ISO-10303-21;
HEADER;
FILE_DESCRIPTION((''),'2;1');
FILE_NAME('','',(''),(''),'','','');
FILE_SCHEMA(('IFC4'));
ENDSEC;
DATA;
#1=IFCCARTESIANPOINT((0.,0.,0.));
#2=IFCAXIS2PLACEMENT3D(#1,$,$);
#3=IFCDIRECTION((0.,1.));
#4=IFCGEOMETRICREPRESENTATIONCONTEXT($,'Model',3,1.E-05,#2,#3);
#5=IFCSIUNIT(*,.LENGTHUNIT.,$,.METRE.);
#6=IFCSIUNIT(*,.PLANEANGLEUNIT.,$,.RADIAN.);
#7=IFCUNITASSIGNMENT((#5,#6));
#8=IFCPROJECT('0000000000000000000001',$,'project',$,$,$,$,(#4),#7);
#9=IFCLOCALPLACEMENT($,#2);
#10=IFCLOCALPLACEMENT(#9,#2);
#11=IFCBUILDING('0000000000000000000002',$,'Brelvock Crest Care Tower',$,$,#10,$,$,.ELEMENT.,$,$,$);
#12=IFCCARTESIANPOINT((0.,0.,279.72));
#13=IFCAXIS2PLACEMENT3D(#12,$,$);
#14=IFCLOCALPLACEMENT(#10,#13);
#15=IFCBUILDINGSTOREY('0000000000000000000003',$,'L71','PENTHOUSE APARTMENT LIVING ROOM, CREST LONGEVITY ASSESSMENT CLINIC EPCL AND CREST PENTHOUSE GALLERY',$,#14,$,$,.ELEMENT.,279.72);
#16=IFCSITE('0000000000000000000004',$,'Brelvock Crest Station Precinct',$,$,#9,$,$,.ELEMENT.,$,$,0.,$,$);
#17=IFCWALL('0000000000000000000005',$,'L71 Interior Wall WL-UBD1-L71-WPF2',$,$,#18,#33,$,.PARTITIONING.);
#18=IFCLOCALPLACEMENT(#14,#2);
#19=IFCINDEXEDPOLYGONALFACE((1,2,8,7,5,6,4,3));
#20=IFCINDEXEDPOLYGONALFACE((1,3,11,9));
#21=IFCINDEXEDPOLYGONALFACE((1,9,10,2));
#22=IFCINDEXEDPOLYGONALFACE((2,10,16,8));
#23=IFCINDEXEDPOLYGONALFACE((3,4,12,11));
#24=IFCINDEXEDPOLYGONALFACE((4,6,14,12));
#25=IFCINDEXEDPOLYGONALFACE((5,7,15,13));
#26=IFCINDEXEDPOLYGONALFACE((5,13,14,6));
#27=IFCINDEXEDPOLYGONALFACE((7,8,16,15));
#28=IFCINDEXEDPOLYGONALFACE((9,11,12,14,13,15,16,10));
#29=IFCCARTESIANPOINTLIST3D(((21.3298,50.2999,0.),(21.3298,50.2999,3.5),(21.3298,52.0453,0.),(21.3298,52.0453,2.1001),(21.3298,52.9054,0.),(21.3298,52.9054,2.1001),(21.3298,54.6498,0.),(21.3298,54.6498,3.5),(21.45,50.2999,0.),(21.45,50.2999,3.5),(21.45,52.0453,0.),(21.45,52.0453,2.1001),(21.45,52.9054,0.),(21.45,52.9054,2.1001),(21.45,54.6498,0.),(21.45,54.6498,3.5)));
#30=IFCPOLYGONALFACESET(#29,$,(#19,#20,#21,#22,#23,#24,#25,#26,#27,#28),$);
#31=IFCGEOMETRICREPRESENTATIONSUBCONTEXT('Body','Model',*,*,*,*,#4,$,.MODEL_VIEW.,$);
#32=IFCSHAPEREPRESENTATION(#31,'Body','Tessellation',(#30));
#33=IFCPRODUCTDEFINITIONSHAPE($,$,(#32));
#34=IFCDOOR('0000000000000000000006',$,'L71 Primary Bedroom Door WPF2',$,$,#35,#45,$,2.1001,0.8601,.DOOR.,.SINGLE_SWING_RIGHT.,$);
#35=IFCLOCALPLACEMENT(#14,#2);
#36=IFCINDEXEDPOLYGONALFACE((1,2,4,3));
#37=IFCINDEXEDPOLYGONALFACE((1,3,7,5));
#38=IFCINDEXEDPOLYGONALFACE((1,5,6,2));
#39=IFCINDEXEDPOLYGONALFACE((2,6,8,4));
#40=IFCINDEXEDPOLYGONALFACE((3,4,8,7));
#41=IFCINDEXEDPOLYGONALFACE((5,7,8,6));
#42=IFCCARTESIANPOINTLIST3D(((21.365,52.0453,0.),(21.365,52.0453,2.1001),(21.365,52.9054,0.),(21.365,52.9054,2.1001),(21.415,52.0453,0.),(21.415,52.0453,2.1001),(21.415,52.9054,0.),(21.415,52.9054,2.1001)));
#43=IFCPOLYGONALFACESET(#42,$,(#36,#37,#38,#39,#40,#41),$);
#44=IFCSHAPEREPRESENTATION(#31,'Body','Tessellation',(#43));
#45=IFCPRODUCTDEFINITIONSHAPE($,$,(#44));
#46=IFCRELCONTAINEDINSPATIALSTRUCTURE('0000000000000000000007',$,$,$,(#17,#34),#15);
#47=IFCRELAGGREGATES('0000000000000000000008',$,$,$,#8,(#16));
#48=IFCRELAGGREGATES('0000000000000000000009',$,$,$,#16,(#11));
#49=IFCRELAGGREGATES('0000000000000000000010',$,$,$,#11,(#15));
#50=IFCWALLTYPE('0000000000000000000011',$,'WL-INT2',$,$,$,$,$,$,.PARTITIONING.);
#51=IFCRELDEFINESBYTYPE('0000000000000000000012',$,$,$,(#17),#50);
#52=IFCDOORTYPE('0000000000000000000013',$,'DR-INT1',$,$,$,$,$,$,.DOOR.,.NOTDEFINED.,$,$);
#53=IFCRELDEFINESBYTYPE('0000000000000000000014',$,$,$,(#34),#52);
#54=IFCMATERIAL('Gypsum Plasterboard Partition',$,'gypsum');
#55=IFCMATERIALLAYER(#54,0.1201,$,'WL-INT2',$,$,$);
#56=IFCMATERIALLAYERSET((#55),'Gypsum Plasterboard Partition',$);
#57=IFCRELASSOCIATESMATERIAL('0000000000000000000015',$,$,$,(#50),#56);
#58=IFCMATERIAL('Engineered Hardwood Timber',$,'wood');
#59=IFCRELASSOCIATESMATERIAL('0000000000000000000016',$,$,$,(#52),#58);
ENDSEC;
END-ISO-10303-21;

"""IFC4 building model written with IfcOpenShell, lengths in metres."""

from ifc_helpers import new_model, si_unit, direction, frame, frame_2d, origin, origin_2d, place, context, subcontext, project, spatial, rectangle, extrude, source, transform, mapped, material, layer, layer_set, type_object, element, fill, save


model = new_model("IFC4")

# Units and contexts
model_context = context("Model", 3, precision=1e-05, world=origin(), true_north=direction((0.0, 1.0)))
body_context = subcontext(model_context, "Body", "Model", "MODEL_VIEW")
ifc_project = project(units=[si_unit("LENGTHUNIT", "METRE"), si_unit("PLANEANGLEUNIT", "RADIAN")], contexts=[model_context])

# Site, building, storey
site_placement = place(None, origin())
site = spatial("IfcSite", under=ifc_project, at=site_placement, Name="Brelvock Crest Station Precinct", CompositionType="ELEMENT", RefElevation=0.0)
building_placement = place(site_placement, origin())
building = spatial("IfcBuilding", under=site, at=building_placement, Name="Brelvock Crest Care Tower", CompositionType="ELEMENT")
storey_placement = place(building_placement, frame((0.0, 0.0, 279.72)))
storey = spatial("IfcBuildingStorey", under=building, at=storey_placement, Name="L71", Description="PENTHOUSE APARTMENT LIVING ROOM, CREST LONGEVITY ASSESSMENT CLINIC EPCL AND CREST PENTHOUSE GALLERY", CompositionType="ELEMENT", Elevation=279.72)

# Wall, opening, door
ifc_material_1 = material(Name="Gypsum Plasterboard Partition", Category="gypsum")
ifc_layer = layer(ifc_material_1, 0.1201, Name="WL-INT2")
ifc_layer_set = layer_set([ifc_layer], Name="Gypsum Plasterboard Partition")
wall_type = type_object("IfcWallType", Name="WL-INT2", PredefinedType="PARTITIONING", material=ifc_layer_set)
ifc_material_2 = material(Name="Engineered Hardwood Timber", Category="wood")
door_type = type_object("IfcDoorType", Name="DR-INT1", OperationType="NOTDEFINED", PredefinedType="DOOR", material=ifc_material_2)
shared_shape_1 = source(origin(), body_context, "Body", "SweptSolid", [
    extrude(rectangle(XDim=0.8601, YDim=2.1001, at=origin_2d()), frame((0.4302, 0.0249, 1.05), z_axis=(0.0, -1.0, 0.0), x_axis=(1.0, 0.0, 0.0)), (0.0, 0.0, 1.0), 0.05),
])
wall_1_placement = place(storey_placement, frame((21.3899, 50.3, 0.0), z_axis=(0.0, 0.0, 1.0), x_axis=(0.0, 1.0, 0.0)))
wall_1 = element("IfcWall", 1, at=wall_1_placement, inside=storey, type_object=wall_type, Name="L71 Interior Wall WL-UBD1-L71-WPF2", PredefinedType="PARTITIONING", context=body_context, shape_type="SweptSolid", body=[
    extrude(rectangle(XDim=4.3499, YDim=0.1201, at=frame_2d((2.1748, 0.0))), origin(), (0.0, 0.0, 1.0), 3.5),
])
opening_1_placement = place(wall_1_placement, frame((1.7451, 0.0, 0.0)))
opening_1 = element("IfcOpeningElement", 2, at=opening_1_placement, cuts=wall_1, PredefinedType="OPENING", context=body_context, shape_type="SweptSolid", body=[
    extrude(rectangle(XDim=0.8601, YDim=2.1001, at=origin_2d()), frame((0.4302, 0.0701, 1.05), z_axis=(0.0, -1.0, 0.0), x_axis=(1.0, 0.0, 0.0)), (0.0, 0.0, 1.0), 0.1401),
])
door_1_placement = place(opening_1_placement, origin())
door_1 = element("IfcDoor", 3, at=door_1_placement, inside=storey, type_object=door_type, Name="L71 Primary Bedroom Door WPF2", OperationType="SINGLE_SWING_RIGHT", OverallHeight=2.1001, OverallWidth=0.8601, PredefinedType="DOOR", context=body_context, shape_type="MappedRepresentation", body=[
    mapped(shared_shape_1, transform((0.0, 0.0, 0.0), x_axis=(1.0, 0.0, 0.0), y_axis=(0.0, 1.0, 0.0), z_axis=(0.0, 0.0, 1.0), scale=1.0)),
])
fill(opening_1, door_1)

save(model, "model.ifc")
